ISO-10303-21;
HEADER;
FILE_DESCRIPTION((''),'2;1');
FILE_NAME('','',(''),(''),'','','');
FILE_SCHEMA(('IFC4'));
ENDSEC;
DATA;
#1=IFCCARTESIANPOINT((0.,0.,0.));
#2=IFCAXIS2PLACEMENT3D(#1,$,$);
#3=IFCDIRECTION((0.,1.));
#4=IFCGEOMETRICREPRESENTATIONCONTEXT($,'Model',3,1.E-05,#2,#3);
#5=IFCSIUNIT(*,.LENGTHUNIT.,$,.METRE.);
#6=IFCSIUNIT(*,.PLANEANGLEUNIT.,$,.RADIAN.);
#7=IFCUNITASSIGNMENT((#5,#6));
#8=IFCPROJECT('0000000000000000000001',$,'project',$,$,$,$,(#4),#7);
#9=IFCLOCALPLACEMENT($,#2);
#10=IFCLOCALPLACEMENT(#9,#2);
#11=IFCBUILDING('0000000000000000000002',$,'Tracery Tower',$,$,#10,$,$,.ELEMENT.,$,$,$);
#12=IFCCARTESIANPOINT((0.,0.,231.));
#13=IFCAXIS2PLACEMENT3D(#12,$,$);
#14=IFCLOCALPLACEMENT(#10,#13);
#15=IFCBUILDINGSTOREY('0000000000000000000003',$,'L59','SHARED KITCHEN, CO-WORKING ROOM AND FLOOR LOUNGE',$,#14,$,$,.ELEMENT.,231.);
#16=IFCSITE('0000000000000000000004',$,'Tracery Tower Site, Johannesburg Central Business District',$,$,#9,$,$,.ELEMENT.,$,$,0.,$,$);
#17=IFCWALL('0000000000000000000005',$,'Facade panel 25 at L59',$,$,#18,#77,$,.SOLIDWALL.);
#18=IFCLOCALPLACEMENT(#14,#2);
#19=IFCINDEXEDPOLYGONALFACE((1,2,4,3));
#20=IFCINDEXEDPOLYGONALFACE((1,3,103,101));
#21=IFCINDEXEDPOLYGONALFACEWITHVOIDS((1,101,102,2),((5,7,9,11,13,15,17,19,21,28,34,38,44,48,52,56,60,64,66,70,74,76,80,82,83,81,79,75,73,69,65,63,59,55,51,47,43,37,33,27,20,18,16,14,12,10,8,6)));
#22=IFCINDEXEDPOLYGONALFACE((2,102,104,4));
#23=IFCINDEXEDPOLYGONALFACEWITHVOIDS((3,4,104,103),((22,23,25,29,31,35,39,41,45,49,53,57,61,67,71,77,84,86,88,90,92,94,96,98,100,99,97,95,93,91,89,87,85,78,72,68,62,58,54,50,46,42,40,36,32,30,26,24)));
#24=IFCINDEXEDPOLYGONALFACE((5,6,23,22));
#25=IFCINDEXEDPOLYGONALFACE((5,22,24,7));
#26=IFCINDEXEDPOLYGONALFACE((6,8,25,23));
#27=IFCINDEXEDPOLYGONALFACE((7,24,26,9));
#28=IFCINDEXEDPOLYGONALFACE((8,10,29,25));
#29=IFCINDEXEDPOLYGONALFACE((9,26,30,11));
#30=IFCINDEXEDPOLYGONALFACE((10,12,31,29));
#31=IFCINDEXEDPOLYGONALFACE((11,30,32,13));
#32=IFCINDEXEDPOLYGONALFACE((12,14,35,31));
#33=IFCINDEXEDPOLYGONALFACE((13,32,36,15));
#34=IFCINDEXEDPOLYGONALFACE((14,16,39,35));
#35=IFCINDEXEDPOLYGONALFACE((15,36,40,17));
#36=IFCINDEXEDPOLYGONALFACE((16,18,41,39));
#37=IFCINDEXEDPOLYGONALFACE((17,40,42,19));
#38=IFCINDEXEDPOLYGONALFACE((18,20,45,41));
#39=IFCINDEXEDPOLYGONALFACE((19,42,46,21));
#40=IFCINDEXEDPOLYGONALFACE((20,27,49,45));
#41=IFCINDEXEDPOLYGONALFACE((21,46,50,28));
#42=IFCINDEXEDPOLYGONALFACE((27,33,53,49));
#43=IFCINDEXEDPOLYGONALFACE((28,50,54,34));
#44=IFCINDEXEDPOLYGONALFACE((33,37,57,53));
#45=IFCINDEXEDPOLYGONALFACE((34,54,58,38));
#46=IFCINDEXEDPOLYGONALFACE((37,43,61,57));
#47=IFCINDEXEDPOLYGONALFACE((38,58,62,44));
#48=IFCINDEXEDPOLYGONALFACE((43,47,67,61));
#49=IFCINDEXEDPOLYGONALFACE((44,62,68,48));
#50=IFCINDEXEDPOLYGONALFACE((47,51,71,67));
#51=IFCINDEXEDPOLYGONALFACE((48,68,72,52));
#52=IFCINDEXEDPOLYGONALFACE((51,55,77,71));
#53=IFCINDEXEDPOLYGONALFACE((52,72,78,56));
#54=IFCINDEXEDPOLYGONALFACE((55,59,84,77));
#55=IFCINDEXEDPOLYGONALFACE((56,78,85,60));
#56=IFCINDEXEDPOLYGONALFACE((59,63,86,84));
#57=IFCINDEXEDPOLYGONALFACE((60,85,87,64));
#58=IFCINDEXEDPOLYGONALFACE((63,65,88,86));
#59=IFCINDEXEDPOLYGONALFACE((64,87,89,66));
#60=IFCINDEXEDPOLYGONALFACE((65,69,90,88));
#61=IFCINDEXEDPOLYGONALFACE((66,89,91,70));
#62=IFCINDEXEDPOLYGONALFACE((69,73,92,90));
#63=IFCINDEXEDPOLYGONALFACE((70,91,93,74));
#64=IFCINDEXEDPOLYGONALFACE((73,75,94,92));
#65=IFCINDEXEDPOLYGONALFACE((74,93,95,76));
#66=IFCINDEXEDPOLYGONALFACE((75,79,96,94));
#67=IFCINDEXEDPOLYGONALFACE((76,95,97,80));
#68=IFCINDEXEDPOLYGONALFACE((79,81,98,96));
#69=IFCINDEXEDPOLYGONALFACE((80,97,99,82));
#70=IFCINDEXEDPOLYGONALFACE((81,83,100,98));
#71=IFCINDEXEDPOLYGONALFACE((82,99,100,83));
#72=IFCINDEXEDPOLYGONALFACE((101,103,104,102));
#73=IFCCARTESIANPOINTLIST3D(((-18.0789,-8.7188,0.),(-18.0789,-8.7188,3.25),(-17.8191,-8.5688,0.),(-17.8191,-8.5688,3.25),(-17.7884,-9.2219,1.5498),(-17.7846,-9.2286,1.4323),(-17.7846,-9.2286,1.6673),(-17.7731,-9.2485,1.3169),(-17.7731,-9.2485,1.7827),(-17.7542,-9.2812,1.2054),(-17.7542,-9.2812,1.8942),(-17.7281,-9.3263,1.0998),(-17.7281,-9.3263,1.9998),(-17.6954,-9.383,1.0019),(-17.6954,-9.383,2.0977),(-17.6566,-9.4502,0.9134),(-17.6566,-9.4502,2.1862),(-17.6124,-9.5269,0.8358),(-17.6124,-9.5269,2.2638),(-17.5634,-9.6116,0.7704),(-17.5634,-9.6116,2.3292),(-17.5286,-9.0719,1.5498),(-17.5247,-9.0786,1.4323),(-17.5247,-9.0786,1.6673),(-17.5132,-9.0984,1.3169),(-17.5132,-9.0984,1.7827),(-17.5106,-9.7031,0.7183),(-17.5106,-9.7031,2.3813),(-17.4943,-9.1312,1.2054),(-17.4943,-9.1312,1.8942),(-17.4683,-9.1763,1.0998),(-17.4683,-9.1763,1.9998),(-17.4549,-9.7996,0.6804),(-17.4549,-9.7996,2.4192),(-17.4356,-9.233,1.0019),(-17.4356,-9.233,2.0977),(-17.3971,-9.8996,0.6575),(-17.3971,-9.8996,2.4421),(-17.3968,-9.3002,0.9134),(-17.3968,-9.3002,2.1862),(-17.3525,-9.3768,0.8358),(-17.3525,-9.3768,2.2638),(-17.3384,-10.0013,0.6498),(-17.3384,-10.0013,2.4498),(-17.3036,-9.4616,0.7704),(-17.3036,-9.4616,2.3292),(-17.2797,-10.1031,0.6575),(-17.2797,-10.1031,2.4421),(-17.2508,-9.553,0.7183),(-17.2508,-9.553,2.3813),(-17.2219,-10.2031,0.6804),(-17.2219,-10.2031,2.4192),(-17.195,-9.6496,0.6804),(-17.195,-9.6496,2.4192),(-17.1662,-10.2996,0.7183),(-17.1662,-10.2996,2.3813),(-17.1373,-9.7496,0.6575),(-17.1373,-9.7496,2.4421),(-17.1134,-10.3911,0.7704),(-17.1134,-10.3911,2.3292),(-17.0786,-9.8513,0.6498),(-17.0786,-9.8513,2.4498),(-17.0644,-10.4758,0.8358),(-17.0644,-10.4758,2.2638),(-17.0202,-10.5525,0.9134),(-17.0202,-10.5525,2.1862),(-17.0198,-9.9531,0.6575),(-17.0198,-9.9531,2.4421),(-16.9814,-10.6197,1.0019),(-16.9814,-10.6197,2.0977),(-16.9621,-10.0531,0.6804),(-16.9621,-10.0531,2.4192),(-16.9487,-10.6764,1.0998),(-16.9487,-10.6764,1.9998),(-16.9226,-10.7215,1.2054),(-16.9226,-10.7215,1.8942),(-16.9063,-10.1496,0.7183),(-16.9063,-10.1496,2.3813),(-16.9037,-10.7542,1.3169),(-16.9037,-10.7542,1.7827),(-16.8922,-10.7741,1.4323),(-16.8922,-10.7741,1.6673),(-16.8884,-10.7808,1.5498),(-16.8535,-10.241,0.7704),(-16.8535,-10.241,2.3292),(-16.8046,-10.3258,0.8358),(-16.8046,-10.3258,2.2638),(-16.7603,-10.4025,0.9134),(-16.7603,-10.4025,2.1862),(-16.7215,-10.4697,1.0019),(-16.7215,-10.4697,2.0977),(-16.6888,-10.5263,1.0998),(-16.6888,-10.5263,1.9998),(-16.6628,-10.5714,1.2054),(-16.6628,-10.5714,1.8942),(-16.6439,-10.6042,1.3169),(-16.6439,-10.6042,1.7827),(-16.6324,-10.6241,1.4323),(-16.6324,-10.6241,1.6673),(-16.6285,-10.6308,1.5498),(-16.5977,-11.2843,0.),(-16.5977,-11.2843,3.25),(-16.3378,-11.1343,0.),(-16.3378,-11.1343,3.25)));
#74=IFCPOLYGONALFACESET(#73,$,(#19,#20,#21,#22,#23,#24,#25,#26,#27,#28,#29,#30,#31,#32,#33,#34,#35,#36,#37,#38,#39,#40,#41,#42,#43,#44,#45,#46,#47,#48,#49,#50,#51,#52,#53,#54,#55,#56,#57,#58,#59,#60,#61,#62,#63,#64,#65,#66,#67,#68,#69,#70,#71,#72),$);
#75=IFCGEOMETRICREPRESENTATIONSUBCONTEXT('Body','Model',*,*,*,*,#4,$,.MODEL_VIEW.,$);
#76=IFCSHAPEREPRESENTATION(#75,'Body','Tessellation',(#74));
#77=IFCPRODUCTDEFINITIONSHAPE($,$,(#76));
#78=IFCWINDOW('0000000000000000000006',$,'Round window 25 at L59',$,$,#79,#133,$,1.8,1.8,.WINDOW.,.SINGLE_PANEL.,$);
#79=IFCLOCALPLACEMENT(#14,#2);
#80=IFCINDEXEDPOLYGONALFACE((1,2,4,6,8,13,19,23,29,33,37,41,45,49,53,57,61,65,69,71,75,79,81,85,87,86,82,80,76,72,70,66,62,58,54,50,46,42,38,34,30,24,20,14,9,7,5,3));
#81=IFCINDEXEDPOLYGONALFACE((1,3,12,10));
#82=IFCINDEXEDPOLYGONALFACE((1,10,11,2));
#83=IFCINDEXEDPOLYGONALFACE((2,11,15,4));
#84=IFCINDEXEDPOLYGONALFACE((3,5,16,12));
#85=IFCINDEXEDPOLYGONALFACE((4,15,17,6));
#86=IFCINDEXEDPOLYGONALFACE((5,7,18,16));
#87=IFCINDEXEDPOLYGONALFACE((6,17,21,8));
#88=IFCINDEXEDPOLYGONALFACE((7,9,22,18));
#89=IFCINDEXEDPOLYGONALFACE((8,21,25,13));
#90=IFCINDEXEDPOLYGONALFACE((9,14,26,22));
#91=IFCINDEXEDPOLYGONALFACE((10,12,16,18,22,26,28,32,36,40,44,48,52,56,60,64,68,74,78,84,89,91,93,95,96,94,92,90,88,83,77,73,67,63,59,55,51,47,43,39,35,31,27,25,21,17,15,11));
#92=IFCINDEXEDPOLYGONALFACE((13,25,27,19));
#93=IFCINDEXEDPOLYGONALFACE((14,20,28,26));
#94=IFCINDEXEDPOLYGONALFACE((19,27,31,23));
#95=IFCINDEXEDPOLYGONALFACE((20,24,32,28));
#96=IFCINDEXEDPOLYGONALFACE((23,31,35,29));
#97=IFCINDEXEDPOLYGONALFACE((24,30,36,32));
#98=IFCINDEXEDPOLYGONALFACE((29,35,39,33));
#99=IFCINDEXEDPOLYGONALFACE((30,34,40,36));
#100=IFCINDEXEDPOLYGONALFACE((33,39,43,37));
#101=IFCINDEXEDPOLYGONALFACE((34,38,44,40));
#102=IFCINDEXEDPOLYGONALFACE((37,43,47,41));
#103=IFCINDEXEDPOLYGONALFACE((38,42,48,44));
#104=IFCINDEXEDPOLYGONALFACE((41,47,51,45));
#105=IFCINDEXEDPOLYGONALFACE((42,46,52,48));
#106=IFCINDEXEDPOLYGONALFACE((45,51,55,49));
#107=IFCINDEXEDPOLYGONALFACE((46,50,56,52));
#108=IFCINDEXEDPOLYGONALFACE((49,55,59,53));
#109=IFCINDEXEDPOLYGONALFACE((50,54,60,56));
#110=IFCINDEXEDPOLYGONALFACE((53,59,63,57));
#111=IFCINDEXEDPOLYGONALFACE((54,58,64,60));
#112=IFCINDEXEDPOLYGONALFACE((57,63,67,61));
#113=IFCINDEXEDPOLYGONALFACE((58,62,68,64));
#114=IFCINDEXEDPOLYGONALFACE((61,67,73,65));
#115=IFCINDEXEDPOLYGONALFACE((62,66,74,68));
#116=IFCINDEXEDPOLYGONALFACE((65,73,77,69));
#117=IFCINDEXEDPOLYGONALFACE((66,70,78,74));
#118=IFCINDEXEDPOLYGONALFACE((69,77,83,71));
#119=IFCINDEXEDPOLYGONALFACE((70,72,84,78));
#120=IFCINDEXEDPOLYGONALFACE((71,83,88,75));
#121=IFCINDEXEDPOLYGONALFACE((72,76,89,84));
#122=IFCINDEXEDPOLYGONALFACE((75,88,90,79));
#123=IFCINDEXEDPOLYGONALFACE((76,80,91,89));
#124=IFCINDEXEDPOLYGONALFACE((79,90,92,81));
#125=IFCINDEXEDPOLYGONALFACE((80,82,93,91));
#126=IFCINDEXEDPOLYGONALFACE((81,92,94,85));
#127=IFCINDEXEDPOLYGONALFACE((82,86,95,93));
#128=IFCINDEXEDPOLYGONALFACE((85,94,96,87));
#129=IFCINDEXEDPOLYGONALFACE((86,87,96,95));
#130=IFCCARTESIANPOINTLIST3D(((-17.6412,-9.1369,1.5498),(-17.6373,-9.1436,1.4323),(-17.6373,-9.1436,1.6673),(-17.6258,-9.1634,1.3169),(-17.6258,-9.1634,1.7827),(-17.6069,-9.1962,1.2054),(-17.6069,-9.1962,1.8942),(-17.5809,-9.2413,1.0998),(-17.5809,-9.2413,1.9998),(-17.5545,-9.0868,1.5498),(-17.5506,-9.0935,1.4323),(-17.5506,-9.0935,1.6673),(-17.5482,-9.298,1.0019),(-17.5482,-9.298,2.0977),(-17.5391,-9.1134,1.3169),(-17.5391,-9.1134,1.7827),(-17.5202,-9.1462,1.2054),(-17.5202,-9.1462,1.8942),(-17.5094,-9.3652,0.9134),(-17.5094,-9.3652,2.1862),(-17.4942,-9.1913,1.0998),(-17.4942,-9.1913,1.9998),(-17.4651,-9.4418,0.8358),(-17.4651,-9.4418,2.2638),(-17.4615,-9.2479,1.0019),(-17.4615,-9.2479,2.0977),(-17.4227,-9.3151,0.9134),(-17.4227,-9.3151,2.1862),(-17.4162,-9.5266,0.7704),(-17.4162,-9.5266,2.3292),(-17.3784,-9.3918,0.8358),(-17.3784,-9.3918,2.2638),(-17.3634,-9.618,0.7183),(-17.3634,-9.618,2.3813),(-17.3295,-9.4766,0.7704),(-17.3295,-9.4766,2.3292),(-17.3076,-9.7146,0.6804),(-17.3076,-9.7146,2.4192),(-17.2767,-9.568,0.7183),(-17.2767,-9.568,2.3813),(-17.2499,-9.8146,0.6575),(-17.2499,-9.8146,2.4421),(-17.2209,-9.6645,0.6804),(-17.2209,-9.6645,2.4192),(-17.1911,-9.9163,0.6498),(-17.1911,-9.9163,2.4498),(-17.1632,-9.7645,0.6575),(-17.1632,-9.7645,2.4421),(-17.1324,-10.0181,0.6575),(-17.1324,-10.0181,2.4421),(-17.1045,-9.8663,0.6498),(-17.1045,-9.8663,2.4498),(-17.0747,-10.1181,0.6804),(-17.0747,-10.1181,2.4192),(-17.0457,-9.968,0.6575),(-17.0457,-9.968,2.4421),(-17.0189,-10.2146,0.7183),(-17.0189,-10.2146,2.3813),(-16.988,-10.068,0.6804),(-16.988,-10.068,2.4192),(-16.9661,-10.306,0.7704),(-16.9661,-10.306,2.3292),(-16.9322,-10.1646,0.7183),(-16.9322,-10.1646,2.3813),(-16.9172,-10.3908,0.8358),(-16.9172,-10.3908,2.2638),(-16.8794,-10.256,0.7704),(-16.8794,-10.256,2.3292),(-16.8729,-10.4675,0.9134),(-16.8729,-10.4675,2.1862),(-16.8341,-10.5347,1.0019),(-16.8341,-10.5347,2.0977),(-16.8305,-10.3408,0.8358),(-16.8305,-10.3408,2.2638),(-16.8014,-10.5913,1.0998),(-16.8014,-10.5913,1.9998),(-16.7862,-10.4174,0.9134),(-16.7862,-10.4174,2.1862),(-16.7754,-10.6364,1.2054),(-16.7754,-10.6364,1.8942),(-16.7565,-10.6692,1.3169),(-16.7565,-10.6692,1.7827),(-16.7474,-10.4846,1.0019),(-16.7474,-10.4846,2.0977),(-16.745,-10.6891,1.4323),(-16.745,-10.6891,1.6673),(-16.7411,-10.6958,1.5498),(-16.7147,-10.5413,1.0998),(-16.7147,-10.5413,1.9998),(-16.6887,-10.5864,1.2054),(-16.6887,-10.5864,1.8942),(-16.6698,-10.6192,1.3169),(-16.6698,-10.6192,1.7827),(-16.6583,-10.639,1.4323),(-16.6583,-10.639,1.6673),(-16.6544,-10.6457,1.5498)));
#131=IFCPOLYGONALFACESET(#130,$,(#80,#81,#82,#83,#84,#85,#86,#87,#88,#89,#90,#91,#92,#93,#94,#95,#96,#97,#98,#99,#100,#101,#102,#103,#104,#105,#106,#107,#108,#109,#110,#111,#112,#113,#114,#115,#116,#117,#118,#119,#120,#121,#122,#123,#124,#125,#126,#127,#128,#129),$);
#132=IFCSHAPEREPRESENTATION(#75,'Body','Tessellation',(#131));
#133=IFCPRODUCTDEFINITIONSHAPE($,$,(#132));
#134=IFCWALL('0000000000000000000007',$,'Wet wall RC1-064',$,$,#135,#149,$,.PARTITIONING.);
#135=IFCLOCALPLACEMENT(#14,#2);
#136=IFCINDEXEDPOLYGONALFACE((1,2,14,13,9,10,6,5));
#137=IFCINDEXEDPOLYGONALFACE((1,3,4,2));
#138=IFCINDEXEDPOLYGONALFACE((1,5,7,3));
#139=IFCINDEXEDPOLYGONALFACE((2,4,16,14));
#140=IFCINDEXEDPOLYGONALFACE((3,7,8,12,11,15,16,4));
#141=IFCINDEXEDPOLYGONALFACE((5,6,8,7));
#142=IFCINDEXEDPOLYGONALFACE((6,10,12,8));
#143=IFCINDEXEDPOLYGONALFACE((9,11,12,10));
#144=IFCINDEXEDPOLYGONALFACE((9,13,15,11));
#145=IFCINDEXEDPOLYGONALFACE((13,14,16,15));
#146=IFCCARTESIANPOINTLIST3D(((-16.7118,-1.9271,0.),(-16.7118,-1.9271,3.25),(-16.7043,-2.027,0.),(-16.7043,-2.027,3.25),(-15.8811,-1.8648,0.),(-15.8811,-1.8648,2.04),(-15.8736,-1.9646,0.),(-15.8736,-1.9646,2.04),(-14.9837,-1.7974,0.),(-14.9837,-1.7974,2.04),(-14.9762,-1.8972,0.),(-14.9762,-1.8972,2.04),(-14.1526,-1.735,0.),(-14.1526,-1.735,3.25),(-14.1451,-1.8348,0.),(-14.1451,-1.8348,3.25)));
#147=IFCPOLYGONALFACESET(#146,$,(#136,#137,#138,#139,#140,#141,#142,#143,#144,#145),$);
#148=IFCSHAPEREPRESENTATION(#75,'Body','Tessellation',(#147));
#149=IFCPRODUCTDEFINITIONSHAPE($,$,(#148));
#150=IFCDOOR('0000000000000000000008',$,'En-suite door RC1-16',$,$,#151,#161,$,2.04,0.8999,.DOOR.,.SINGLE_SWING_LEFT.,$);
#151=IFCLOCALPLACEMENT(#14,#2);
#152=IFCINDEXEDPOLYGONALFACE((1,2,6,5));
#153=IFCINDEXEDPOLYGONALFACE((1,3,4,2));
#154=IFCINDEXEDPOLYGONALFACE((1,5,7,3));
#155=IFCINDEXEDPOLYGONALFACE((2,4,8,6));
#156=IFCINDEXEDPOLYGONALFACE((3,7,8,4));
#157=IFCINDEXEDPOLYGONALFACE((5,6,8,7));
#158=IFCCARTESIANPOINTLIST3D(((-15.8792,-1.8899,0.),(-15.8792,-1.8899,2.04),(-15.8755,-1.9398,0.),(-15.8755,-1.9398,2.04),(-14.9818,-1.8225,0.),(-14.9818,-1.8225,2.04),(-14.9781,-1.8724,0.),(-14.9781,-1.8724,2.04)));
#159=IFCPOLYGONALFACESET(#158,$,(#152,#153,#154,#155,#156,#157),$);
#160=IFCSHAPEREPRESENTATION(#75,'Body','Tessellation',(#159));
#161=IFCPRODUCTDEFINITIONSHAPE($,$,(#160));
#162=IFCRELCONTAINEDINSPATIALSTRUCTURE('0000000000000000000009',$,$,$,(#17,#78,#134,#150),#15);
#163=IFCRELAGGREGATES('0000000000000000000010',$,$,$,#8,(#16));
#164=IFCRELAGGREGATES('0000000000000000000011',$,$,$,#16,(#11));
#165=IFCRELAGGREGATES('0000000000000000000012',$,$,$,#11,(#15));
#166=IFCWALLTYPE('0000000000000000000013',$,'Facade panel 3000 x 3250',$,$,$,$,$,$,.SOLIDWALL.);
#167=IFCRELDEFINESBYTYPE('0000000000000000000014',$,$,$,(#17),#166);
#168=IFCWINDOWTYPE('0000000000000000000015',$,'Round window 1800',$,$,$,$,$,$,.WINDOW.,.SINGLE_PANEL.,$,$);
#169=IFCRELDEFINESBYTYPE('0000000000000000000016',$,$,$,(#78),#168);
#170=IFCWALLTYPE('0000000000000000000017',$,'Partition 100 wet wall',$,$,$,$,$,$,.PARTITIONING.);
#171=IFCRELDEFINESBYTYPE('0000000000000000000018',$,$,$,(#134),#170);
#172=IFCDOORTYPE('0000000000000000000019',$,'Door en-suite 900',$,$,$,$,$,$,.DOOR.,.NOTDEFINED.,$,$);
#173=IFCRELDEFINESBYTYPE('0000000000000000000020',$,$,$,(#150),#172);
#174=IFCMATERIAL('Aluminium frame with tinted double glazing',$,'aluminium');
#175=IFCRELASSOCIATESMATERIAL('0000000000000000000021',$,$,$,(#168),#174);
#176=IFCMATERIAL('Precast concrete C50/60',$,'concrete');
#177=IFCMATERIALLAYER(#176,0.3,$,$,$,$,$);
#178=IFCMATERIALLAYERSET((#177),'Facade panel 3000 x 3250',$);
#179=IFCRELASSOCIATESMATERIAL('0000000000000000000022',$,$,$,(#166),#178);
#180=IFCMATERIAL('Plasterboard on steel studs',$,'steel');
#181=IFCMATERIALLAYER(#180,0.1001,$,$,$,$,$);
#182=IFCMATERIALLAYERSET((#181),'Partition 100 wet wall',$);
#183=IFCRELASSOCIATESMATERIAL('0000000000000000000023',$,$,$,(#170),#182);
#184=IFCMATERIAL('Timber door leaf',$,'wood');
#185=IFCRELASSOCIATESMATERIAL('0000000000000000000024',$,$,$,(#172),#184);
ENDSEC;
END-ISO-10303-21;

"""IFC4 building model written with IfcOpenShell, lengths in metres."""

from ifc_helpers import new_model, si_unit, direction, frame, frame_2d, origin, origin_2d, place, context, subcontext, project, spatial, rectangle, circle, extrude, material, layer, layer_set, type_object, element, fill, save


model = new_model("IFC4")

# Units and contexts
model_context = context("Model", 3, precision=1e-05, world=origin(), true_north=direction((0.0, 1.0)))
body_context = subcontext(model_context, "Body", "Model", "MODEL_VIEW")
ifc_project = project(units=[si_unit("LENGTHUNIT", "METRE"), si_unit("PLANEANGLEUNIT", "RADIAN")], contexts=[model_context])

# Site, building, storey
site_placement = place(None, origin())
site = spatial("IfcSite", under=ifc_project, at=site_placement, Name="Tracery Tower Site, Johannesburg Central Business District", CompositionType="ELEMENT", RefElevation=0.0)
building_placement = place(site_placement, origin())
building = spatial("IfcBuilding", under=site, at=building_placement, Name="Tracery Tower", CompositionType="ELEMENT")
storey_placement = place(building_placement, frame((0.0, 0.0, 231.0)))
storey = spatial("IfcBuildingStorey", under=building, at=storey_placement, Name="L59", Description="SHARED KITCHEN, CO-WORKING ROOM AND FLOOR LOUNGE", CompositionType="ELEMENT", Elevation=231.0)

# Wall, opening, window
ifc_material_1 = material(Name="Aluminium frame with tinted double glazing", Category="aluminium")
window_type = type_object("IfcWindowType", Name="Round window 1800", PartitioningType="SINGLE_PANEL", PredefinedType="WINDOW", material=ifc_material_1)
ifc_material_2 = material(Name="Precast concrete C50/60", Category="concrete")
ifc_layer_1 = layer(ifc_material_2, 0.3)
ifc_layer_set_1 = layer_set([ifc_layer_1], Name="Facade panel 3000 x 3250")
wall_type_1 = type_object("IfcWallType", Name="Facade panel 3000 x 3250", PredefinedType="SOLIDWALL", material=ifc_layer_set_1)
wall_1_placement = place(storey_placement, frame((-17.949, -8.6438, 0.0), z_axis=(0.0, 0.0, 1.0), x_axis=(0.500013, -0.866018, 0.0)))
wall_1 = element("IfcWall", 1, at=wall_1_placement, inside=storey, type_object=wall_type_1, Name="Facade panel 25 at L59", PredefinedType="SOLIDWALL", context=body_context, shape_type="SweptSolid", body=[
    extrude(rectangle(XDim=2.9624, YDim=0.3, at=frame_2d((1.4812, 0.0))), origin(), (0.0, 0.0, 1.0), 3.25),
])
opening_1_placement = place(wall_1_placement, frame((1.481, 0.0, 1.5498)))
opening_1 = element("IfcOpeningElement", 2, at=opening_1_placement, cuts=wall_1, PredefinedType="OPENING", context=body_context, shape_type="SweptSolid", body=[
    extrude(circle(Radius=0.9, at=origin_2d()), frame((0.0, 0.1599, 0.0), z_axis=(0.0, -1.0, 0.0), x_axis=(1.0, 0.0, 0.0)), (0.0, 0.0, 1.0), 0.3201),
])
window_1_placement = place(opening_1_placement, origin())
window_1 = element("IfcWindow", 3, at=window_1_placement, inside=storey, type_object=window_type, Name="Round window 25 at L59", OverallHeight=1.8, OverallWidth=1.8, PartitioningType="SINGLE_PANEL", PredefinedType="WINDOW", context=body_context, shape_type="SweptSolid", body=[
    extrude(circle(Radius=0.9, at=origin_2d()), frame((0.0, 0.1201, 0.0), z_axis=(0.0, -1.0, 0.0), x_axis=(1.0, 0.0, 0.0)), (0.0, 0.0, 1.0), 0.1001),
])
fill(opening_1, window_1)

# Wall, opening, door
ifc_material_3 = material(Name="Plasterboard on steel studs", Category="steel")
ifc_layer_2 = layer(ifc_material_3, 0.1001)
ifc_layer_set_2 = layer_set([ifc_layer_2], Name="Partition 100 wet wall")
wall_type_2 = type_object("IfcWallType", Name="Partition 100 wet wall", PredefinedType="PARTITIONING", material=ifc_layer_set_2)
wall_2_placement = place(storey_placement, frame((-16.708, -1.9771, 0.0), z_axis=(0.0, 0.0, 1.0), x_axis=(0.997193, 0.07487, 0.0)))
wall_2 = element("IfcWall", 4, at=wall_2_placement, inside=storey, type_object=wall_type_2, Name="Wet wall RC1-064", PredefinedType="PARTITIONING", context=body_context, shape_type="SweptSolid", body=[
    extrude(rectangle(XDim=2.5664, YDim=0.1001, at=frame_2d((1.2832, 0.0))), origin(), (0.0, 0.0, 1.0), 3.25),
])
opening_2_placement = place(wall_2_placement, frame((0.833, 0.0, 0.0)))
opening_2 = element("IfcOpeningElement", 5, at=opening_2_placement, cuts=wall_2, PredefinedType="OPENING", context=body_context, shape_type="SweptSolid", body=[
    extrude(rectangle(XDim=0.8999, YDim=2.04, at=frame_2d((0.45, 1.02))), frame((0.0, 0.05, 0.0), z_axis=(0.0, -1.0, 0.0), x_axis=(1.0, 0.0, 0.0)), (0.0, 0.0, 1.0), 0.1001),
])
ifc_material_4 = material(Name="Timber door leaf", Category="wood")
door_type = type_object("IfcDoorType", Name="Door en-suite 900", OperationType="NOTDEFINED", PredefinedType="DOOR", material=ifc_material_4)
door_1_placement = place(opening_2_placement, origin())
door_1 = element("IfcDoor", 6, at=door_1_placement, inside=storey, type_object=door_type, Name="En-suite door RC1-16", OperationType="SINGLE_SWING_LEFT", OverallHeight=2.04, OverallWidth=0.8999, PredefinedType="DOOR", context=body_context, shape_type="SweptSolid", body=[
    extrude(rectangle(XDim=0.8999, YDim=2.04, at=frame_2d((0.45, 1.02))), frame((0.0, 0.0249, 0.0), z_axis=(0.0, -1.0, 0.0), x_axis=(1.0, 0.0, 0.0)), (0.0, 0.0, 1.0), 0.05),
])
fill(opening_2, door_1)

save(model, "model.ifc")
